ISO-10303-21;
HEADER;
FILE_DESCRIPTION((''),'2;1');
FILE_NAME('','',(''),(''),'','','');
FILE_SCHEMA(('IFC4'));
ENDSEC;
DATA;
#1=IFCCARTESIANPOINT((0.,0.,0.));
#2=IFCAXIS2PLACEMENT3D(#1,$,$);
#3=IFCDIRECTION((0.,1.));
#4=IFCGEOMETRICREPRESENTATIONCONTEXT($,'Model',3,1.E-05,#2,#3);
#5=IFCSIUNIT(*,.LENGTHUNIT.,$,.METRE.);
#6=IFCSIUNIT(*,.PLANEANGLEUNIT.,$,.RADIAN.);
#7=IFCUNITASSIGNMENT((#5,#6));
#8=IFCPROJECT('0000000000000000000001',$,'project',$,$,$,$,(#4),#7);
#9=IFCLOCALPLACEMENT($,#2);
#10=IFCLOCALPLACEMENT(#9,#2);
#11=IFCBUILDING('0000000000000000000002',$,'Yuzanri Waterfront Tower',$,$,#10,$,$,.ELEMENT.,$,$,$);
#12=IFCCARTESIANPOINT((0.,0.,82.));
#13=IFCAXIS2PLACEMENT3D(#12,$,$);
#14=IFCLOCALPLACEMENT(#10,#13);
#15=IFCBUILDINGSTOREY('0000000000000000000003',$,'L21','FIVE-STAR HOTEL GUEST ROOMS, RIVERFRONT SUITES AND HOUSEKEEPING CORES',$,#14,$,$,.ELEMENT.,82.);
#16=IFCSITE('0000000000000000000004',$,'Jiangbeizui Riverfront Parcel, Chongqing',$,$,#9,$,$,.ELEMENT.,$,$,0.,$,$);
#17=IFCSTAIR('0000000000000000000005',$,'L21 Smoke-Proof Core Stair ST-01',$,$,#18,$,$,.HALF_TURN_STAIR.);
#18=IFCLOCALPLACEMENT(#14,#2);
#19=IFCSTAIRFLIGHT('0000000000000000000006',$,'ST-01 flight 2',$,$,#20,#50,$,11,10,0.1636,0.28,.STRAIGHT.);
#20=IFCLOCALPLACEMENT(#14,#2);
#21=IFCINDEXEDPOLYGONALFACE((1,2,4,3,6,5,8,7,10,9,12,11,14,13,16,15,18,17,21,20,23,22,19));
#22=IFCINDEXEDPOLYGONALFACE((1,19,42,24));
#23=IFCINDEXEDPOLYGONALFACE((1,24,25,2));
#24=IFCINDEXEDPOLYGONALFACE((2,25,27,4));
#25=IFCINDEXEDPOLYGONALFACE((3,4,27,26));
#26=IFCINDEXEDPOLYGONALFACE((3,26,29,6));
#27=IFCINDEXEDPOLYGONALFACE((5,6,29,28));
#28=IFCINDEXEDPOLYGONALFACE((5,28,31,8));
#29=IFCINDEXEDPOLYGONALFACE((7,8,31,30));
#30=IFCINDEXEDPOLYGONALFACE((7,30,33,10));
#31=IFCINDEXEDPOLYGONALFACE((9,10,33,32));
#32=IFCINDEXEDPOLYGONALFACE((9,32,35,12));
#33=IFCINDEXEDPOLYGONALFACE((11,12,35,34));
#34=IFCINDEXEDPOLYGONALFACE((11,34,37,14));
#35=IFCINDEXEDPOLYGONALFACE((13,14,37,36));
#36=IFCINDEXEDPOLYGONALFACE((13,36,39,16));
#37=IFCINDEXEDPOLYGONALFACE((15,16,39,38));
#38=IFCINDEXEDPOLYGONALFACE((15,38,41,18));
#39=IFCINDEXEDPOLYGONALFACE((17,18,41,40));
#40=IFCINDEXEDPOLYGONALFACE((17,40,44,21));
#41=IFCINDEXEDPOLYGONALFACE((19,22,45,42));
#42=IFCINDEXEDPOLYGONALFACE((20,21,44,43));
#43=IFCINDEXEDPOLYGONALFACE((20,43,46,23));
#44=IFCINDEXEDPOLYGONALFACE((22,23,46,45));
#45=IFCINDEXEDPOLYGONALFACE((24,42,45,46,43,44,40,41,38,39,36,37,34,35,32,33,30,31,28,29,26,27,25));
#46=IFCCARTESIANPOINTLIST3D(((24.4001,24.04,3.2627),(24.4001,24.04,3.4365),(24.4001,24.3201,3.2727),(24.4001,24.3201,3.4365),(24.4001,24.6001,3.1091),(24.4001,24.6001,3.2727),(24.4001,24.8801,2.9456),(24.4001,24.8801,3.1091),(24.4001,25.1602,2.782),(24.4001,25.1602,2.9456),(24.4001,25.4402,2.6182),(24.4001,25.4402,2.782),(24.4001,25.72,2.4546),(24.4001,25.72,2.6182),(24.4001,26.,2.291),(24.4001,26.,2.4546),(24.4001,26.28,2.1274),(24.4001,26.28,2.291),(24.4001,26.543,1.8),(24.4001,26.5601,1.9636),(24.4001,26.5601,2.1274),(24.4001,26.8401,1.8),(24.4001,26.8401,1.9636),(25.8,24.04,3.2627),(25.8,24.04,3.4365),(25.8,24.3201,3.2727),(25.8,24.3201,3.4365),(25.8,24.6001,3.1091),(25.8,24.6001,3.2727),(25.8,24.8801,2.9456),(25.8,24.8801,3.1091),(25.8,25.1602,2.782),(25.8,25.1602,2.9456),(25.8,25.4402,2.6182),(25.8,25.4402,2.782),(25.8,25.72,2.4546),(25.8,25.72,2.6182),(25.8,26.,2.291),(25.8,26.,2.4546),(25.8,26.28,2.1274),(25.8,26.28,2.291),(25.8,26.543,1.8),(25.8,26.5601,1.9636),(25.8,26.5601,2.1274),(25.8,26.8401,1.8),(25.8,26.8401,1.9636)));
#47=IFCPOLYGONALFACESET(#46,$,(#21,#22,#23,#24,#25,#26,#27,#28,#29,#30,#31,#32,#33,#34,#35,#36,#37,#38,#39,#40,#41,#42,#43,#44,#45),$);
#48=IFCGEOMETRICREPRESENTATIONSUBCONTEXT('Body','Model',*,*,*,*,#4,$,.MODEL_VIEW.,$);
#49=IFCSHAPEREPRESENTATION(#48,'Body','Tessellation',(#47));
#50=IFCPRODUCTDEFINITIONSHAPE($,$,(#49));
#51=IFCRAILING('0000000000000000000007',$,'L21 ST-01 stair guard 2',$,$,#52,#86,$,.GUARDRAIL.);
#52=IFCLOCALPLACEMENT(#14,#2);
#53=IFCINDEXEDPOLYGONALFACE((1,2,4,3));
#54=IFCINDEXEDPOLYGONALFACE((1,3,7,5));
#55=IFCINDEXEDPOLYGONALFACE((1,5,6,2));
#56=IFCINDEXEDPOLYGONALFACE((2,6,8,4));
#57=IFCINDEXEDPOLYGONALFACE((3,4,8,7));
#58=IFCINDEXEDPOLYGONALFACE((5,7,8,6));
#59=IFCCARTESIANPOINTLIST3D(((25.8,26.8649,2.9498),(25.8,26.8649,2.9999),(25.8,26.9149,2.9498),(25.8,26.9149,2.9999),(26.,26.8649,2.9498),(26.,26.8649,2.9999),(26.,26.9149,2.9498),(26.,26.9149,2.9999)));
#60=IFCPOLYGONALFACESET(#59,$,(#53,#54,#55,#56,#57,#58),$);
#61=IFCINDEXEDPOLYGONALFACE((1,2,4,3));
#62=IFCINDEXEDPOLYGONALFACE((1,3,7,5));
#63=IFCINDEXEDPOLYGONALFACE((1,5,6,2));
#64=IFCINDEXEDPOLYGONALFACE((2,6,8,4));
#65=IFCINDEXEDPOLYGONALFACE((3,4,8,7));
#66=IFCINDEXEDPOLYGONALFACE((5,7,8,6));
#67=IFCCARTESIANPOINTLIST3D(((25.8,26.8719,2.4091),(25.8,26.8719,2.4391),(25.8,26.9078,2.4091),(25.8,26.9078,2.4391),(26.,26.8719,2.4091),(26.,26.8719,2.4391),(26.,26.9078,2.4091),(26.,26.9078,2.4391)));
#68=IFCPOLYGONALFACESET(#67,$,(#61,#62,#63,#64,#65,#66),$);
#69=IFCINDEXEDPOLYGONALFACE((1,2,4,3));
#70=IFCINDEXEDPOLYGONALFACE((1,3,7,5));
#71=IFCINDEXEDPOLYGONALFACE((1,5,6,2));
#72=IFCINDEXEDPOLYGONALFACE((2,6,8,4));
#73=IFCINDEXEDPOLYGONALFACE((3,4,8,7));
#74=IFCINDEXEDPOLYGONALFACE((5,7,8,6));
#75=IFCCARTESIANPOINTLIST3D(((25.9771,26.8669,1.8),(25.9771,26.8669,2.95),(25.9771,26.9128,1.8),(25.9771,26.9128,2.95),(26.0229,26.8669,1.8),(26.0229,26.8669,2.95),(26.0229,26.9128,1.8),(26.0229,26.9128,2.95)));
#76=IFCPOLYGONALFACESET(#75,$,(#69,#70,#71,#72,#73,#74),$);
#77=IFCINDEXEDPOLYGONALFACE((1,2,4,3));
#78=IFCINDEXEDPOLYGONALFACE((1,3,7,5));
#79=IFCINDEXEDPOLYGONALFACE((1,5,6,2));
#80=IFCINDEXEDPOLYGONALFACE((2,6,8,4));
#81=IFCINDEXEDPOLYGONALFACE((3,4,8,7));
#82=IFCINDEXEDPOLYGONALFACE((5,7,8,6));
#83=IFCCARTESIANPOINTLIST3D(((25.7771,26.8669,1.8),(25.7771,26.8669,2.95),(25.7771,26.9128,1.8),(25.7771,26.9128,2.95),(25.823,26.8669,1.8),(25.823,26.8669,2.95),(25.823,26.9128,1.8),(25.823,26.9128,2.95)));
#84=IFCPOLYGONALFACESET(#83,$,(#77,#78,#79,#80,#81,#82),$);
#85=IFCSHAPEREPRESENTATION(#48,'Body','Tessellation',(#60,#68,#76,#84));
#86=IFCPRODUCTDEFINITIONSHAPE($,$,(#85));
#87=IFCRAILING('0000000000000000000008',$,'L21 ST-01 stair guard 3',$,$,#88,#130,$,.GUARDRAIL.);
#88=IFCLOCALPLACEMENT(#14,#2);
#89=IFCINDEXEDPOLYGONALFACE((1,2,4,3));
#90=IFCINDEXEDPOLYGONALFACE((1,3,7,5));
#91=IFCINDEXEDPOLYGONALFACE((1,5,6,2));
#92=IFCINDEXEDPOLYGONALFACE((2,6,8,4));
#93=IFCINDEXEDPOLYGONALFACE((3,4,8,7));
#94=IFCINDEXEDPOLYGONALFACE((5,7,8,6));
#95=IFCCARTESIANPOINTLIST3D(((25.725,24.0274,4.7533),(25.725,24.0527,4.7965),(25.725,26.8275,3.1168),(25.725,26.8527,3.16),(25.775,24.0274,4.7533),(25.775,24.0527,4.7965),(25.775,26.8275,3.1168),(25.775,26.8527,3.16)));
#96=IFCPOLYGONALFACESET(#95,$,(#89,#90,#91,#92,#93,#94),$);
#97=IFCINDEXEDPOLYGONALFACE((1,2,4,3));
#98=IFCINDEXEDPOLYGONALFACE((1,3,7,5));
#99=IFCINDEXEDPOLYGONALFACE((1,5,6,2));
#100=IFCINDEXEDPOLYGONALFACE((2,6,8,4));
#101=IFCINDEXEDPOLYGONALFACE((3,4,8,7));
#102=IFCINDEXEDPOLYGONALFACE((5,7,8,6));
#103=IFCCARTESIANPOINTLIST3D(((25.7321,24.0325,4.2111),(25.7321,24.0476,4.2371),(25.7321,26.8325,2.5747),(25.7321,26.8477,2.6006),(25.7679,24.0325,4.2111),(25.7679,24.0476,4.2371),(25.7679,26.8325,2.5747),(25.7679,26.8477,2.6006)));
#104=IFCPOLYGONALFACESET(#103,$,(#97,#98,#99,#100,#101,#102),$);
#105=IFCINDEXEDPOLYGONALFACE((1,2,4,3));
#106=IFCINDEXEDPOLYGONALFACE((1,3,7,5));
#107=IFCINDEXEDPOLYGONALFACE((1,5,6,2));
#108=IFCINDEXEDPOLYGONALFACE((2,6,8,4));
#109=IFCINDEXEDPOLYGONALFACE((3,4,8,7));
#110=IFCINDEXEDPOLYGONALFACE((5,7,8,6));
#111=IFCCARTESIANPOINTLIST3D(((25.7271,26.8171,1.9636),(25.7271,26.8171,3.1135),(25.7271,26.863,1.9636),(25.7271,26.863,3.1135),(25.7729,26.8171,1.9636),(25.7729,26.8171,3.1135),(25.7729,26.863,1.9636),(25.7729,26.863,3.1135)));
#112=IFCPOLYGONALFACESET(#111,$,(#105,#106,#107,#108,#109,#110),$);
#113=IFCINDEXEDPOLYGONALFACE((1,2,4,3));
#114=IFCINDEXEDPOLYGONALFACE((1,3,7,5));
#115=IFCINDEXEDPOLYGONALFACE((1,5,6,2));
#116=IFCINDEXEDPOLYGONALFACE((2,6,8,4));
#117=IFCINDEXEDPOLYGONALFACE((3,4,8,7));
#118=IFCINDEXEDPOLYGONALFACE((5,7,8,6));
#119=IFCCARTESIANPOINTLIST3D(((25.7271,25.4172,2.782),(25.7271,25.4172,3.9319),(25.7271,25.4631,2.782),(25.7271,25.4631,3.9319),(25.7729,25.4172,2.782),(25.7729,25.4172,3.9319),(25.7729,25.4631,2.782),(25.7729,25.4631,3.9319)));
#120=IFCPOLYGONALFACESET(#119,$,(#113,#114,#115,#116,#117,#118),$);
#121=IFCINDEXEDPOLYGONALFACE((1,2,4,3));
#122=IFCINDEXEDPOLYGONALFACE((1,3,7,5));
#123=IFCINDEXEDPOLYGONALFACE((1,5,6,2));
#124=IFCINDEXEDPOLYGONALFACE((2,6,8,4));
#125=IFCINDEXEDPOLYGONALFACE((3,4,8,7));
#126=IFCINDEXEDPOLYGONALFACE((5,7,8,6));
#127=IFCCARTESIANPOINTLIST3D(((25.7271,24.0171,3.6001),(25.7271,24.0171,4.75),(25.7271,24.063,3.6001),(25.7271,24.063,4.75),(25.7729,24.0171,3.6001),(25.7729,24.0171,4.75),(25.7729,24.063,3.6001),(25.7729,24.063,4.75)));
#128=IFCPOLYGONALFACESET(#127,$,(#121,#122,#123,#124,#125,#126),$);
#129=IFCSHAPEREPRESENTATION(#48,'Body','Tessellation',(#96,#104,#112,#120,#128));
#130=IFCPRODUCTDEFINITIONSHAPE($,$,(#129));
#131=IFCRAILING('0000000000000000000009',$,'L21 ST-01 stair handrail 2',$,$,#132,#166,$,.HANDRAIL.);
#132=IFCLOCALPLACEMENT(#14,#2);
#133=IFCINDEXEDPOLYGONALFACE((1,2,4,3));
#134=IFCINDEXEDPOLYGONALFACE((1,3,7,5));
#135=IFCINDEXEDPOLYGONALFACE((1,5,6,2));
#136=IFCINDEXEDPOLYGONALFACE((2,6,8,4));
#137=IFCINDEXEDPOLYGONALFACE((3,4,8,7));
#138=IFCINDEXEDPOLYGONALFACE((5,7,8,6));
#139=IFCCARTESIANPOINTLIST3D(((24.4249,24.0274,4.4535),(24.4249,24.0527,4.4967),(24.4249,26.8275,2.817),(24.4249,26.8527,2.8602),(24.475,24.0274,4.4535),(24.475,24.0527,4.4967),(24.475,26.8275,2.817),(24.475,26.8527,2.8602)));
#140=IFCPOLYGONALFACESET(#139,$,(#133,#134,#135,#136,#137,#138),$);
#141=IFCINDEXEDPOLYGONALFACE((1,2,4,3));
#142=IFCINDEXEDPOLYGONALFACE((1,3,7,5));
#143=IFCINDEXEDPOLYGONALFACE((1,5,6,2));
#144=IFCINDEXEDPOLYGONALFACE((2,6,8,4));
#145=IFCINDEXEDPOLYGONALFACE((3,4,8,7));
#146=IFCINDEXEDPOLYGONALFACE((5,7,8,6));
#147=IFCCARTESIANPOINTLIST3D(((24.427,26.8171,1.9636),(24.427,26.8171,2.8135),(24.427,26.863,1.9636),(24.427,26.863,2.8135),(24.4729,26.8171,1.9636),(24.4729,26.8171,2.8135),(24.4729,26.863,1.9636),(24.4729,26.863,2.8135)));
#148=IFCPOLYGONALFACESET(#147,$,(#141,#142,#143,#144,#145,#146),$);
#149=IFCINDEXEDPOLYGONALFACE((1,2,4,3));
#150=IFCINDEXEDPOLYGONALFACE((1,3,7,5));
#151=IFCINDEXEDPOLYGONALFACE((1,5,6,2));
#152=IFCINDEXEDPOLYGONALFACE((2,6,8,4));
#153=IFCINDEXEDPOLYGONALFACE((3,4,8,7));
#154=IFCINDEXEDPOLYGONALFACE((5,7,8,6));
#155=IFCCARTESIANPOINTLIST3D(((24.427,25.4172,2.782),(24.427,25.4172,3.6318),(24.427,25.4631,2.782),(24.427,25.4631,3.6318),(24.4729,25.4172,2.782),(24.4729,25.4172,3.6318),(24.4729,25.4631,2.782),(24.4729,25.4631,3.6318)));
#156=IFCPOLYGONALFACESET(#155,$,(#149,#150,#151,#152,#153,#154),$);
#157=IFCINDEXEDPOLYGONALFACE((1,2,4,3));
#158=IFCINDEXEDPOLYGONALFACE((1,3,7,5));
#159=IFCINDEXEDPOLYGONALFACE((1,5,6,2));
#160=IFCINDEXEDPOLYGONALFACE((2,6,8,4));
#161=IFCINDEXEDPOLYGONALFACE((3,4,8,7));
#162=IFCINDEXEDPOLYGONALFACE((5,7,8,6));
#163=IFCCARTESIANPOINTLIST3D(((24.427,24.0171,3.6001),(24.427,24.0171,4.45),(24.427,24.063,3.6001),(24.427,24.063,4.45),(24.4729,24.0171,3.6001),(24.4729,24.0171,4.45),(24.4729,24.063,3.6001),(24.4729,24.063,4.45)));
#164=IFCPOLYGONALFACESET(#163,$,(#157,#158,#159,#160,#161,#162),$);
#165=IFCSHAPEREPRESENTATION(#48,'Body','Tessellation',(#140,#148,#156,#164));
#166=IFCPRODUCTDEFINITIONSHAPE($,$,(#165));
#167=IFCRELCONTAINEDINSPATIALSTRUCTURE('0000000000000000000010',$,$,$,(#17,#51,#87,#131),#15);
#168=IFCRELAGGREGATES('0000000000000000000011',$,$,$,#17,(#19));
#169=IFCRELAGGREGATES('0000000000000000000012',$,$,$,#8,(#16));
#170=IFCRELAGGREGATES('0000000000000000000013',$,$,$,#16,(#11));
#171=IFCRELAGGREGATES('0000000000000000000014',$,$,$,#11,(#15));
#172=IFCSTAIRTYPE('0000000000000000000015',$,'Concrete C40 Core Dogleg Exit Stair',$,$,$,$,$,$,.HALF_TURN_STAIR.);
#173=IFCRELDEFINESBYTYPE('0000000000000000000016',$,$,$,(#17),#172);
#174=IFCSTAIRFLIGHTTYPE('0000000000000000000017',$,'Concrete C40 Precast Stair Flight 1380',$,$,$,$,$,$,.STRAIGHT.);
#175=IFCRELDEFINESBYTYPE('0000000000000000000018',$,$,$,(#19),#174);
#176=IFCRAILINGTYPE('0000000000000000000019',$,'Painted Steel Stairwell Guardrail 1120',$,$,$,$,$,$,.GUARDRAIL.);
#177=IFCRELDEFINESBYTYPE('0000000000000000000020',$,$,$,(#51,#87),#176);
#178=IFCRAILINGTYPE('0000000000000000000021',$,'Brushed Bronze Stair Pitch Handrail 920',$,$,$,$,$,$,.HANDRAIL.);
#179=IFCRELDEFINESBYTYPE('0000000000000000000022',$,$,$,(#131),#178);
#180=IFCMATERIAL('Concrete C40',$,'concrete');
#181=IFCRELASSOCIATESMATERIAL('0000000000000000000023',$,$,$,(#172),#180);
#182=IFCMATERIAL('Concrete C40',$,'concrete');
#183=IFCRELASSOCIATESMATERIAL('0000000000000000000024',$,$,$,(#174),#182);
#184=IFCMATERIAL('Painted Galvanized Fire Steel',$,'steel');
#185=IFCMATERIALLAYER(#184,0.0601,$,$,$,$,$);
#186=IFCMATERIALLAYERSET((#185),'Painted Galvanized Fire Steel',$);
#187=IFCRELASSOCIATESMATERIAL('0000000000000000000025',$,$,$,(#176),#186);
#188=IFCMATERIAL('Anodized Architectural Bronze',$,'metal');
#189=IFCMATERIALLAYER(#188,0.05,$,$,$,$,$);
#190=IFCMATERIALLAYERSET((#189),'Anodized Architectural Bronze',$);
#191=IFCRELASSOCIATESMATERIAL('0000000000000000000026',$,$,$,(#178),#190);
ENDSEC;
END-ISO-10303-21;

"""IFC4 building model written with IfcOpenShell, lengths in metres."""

from ifc_helpers import new_model, si_unit, direction, frame, origin, origin_2d, place, context, subcontext, project, spatial, polyline, rectangle, outline, extrude, source, transform, mapped, material, layer, layer_set, type_object, element, aggregate, save


model = new_model("IFC4")

# Units and contexts
model_context = context("Model", 3, precision=1e-05, world=origin(), true_north=direction((0.0, 1.0)))
body_context = subcontext(model_context, "Body", "Model", "MODEL_VIEW")
ifc_project = project(units=[si_unit("LENGTHUNIT", "METRE"), si_unit("PLANEANGLEUNIT", "RADIAN")], contexts=[model_context])

# Site, building, storey
site_placement = place(None, origin())
site = spatial("IfcSite", under=ifc_project, at=site_placement, Name="Jiangbeizui Riverfront Parcel, Chongqing", CompositionType="ELEMENT", RefElevation=0.0)
building_placement = place(site_placement, origin())
building = spatial("IfcBuilding", under=site, at=building_placement, Name="Yuzanri Waterfront Tower", CompositionType="ELEMENT")
storey_placement = place(building_placement, frame((0.0, 0.0, 82.0)))
storey = spatial("IfcBuildingStorey", under=building, at=storey_placement, Name="L21", Description="FIVE-STAR HOTEL GUEST ROOMS, RIVERFRONT SUITES AND HOUSEKEEPING CORES", CompositionType="ELEMENT", Elevation=82.0)

# Stair, stair flight
ifc_material_1 = material(Name="Concrete C40", Category="concrete")
stair_type = type_object("IfcStairType", Name="Concrete C40 Core Dogleg Exit Stair", PredefinedType="HALF_TURN_STAIR", material=ifc_material_1)
stair_placement = place(storey_placement, origin())
stair = element("IfcStair", 1, at=stair_placement, inside=storey, type_object=stair_type, Name="L21 Smoke-Proof Core Stair ST-01", PredefinedType="HALF_TURN_STAIR")
ifc_material_2 = material(Name="Concrete C40", Category="concrete")
stair_flight_type = type_object("IfcStairFlightType", Name="Concrete C40 Precast Stair Flight 1380", PredefinedType="STRAIGHT", material=ifc_material_2)
shared_shape_1 = source(origin(), body_context, "Body", "SweptSolid", [
    extrude(outline(polyline([(0.0, 0.0), (0.0, 0.1636), (0.28, 0.1636), (0.28, 0.3274), (0.5601, 0.3274), (0.5601, 0.491), (0.8401, 0.491), (0.8401, 0.6545), (1.1201, 0.6545), (1.1201, 0.8181), (1.3999, 0.8181), (1.3999, 0.9819), (1.6799, 0.9819), (1.6799, 1.1455), (1.96, 1.1455), (1.96, 1.3091), (2.24, 1.3091), (2.24, 1.4727), (2.52, 1.4727), (2.52, 1.6365), (2.8, 1.6365), (2.8, 1.8), (2.8, 1.4626), (0.2971, 0.0), (0.0, 0.0)])), frame((0.0, 0.7, 0.0), z_axis=(0.0, -1.0, 0.0), x_axis=(1.0, 0.0, 0.0)), (0.0, 0.0, 1.0), 1.3999),
])
stair_flight_placement = place(storey_placement, frame((25.1001, 26.8401, 1.8), z_axis=(0.0, 0.0, 1.0), x_axis=(0.0, -1.0, 0.0)))
stair_flight = element("IfcStairFlight", 2, at=stair_flight_placement, type_object=stair_flight_type, Name="ST-01 flight 2", NumberOfRisers=11, NumberOfTreads=10, PredefinedType="STRAIGHT", RiserHeight=0.1636, TreadLength=0.28, context=body_context, shape_type="MappedRepresentation", body=[
    mapped(shared_shape_1, transform((0.0, 0.0, 0.0), scale=1.0)),
])
aggregate(stair, [stair_flight])

# Railings
ifc_material_3 = material(Name="Painted Galvanized Fire Steel", Category="steel")
ifc_layer_1 = layer(ifc_material_3, 0.0601)
ifc_layer_set_1 = layer_set([ifc_layer_1], Name="Painted Galvanized Fire Steel")
railing_type_1 = type_object("IfcRailingType", Name="Painted Steel Stairwell Guardrail 1120", PredefinedType="GUARDRAIL", material=ifc_layer_set_1)
shared_shape_2 = source(origin(), body_context, "Body", "SweptSolid", [
    extrude(rectangle(XDim=0.05, YDim=0.05, at=origin_2d()), frame((0.0, 0.0, 1.1748), z_axis=(-1.0, 0.0, 0.0), x_axis=(0.0, -1.0, 0.0)), (0.0, 0.0, 1.0), 0.2),
    extrude(rectangle(XDim=0.0359, YDim=0.03, at=origin_2d()), frame((0.0, 0.0, 0.624), z_axis=(-1.0, 0.0, 0.0), x_axis=(0.0, -1.0, 0.0)), (0.0, 0.0, 1.0), 0.2),
    extrude(rectangle(XDim=0.0459, YDim=0.0459, at=origin_2d()), origin(), (0.0, 0.0, 1.0), 1.1499),
    extrude(rectangle(XDim=0.0459, YDim=0.0459, at=origin_2d()), frame((-0.2, 0.0, 0.0)), (0.0, 0.0, 1.0), 1.1499),
])
railing_1_placement = place(storey_placement, frame((26.0, 26.8899, 1.8)))
element("IfcRailing", 3, at=railing_1_placement, inside=storey, type_object=railing_type_1, Name="L21 ST-01 stair guard 2", PredefinedType="GUARDRAIL", context=body_context, shape_type="MappedRepresentation", body=[
    mapped(shared_shape_2, transform((0.0, 0.0, 0.0), scale=1.0)),
])
shared_shape_3 = source(origin(), body_context, "Body", "SweptSolid", [
    extrude(rectangle(XDim=0.05, YDim=0.05, at=origin_2d()), frame((0.0, 0.0, 1.1748), z_axis=(0.0, -0.863361, 0.504587), x_axis=(1.0, 0.0, 0.0)), (0.0, 0.0, 1.0), 3.2432),
    extrude(rectangle(XDim=0.0359, YDim=0.03, at=origin_2d()), frame((0.0, 0.0, 0.624), z_axis=(0.0, -0.863361, 0.504587), x_axis=(1.0, 0.0, 0.0)), (0.0, 0.0, 1.0), 3.2432),
    extrude(rectangle(XDim=0.0459, YDim=0.0459, at=origin_2d()), origin(), (0.0, 0.0, 1.0), 1.1499),
    extrude(rectangle(XDim=0.0459, YDim=0.0459, at=origin_2d()), frame((0.0, -1.3999, 0.8184)), (0.0, 0.0, 1.0), 1.1499),
    extrude(rectangle(XDim=0.0459, YDim=0.0459, at=origin_2d()), frame((0.0, -2.8, 1.6365)), (0.0, 0.0, 1.0), 1.1499),
])
railing_2_placement = place(storey_placement, frame((25.75, 26.8401, 1.9636)))
element("IfcRailing", 4, at=railing_2_placement, inside=storey, type_object=railing_type_1, Name="L21 ST-01 stair guard 3", PredefinedType="GUARDRAIL", context=body_context, shape_type="MappedRepresentation", body=[
    mapped(shared_shape_3, transform((0.0, 0.0, 0.0), scale=1.0)),
])
ifc_material_4 = material(Name="Anodized Architectural Bronze", Category="metal")
ifc_layer_2 = layer(ifc_material_4, 0.05)
ifc_layer_set_2 = layer_set([ifc_layer_2], Name="Anodized Architectural Bronze")
railing_type_2 = type_object("IfcRailingType", Name="Brushed Bronze Stair Pitch Handrail 920", PredefinedType="HANDRAIL", material=ifc_layer_set_2)
shared_shape_4 = source(origin(), body_context, "Body", "SweptSolid", [
    extrude(rectangle(XDim=0.05, YDim=0.05, at=origin_2d()), frame((0.0, 0.0, 0.875), z_axis=(0.0, -0.863361, 0.504587), x_axis=(1.0, 0.0, 0.0)), (0.0, 0.0, 1.0), 3.2432),
    extrude(rectangle(XDim=0.0459, YDim=0.0459, at=origin_2d()), origin(), (0.0, 0.0, 1.0), 0.8499),
    extrude(rectangle(XDim=0.0459, YDim=0.0459, at=origin_2d()), frame((0.0, -1.3999, 0.8184)), (0.0, 0.0, 1.0), 0.8499),
    extrude(rectangle(XDim=0.0459, YDim=0.0459, at=origin_2d()), frame((0.0, -2.8, 1.6365)), (0.0, 0.0, 1.0), 0.8499),
])
railing_3_placement = place(storey_placement, frame((24.45, 26.8401, 1.9636)))
element("IfcRailing", 5, at=railing_3_placement, inside=storey, type_object=railing_type_2, Name="L21 ST-01 stair handrail 2", PredefinedType="HANDRAIL", context=body_context, shape_type="MappedRepresentation", body=[
    mapped(shared_shape_4, transform((0.0, 0.0, 0.0), scale=1.0)),
])

save(model, "model.ifc")
